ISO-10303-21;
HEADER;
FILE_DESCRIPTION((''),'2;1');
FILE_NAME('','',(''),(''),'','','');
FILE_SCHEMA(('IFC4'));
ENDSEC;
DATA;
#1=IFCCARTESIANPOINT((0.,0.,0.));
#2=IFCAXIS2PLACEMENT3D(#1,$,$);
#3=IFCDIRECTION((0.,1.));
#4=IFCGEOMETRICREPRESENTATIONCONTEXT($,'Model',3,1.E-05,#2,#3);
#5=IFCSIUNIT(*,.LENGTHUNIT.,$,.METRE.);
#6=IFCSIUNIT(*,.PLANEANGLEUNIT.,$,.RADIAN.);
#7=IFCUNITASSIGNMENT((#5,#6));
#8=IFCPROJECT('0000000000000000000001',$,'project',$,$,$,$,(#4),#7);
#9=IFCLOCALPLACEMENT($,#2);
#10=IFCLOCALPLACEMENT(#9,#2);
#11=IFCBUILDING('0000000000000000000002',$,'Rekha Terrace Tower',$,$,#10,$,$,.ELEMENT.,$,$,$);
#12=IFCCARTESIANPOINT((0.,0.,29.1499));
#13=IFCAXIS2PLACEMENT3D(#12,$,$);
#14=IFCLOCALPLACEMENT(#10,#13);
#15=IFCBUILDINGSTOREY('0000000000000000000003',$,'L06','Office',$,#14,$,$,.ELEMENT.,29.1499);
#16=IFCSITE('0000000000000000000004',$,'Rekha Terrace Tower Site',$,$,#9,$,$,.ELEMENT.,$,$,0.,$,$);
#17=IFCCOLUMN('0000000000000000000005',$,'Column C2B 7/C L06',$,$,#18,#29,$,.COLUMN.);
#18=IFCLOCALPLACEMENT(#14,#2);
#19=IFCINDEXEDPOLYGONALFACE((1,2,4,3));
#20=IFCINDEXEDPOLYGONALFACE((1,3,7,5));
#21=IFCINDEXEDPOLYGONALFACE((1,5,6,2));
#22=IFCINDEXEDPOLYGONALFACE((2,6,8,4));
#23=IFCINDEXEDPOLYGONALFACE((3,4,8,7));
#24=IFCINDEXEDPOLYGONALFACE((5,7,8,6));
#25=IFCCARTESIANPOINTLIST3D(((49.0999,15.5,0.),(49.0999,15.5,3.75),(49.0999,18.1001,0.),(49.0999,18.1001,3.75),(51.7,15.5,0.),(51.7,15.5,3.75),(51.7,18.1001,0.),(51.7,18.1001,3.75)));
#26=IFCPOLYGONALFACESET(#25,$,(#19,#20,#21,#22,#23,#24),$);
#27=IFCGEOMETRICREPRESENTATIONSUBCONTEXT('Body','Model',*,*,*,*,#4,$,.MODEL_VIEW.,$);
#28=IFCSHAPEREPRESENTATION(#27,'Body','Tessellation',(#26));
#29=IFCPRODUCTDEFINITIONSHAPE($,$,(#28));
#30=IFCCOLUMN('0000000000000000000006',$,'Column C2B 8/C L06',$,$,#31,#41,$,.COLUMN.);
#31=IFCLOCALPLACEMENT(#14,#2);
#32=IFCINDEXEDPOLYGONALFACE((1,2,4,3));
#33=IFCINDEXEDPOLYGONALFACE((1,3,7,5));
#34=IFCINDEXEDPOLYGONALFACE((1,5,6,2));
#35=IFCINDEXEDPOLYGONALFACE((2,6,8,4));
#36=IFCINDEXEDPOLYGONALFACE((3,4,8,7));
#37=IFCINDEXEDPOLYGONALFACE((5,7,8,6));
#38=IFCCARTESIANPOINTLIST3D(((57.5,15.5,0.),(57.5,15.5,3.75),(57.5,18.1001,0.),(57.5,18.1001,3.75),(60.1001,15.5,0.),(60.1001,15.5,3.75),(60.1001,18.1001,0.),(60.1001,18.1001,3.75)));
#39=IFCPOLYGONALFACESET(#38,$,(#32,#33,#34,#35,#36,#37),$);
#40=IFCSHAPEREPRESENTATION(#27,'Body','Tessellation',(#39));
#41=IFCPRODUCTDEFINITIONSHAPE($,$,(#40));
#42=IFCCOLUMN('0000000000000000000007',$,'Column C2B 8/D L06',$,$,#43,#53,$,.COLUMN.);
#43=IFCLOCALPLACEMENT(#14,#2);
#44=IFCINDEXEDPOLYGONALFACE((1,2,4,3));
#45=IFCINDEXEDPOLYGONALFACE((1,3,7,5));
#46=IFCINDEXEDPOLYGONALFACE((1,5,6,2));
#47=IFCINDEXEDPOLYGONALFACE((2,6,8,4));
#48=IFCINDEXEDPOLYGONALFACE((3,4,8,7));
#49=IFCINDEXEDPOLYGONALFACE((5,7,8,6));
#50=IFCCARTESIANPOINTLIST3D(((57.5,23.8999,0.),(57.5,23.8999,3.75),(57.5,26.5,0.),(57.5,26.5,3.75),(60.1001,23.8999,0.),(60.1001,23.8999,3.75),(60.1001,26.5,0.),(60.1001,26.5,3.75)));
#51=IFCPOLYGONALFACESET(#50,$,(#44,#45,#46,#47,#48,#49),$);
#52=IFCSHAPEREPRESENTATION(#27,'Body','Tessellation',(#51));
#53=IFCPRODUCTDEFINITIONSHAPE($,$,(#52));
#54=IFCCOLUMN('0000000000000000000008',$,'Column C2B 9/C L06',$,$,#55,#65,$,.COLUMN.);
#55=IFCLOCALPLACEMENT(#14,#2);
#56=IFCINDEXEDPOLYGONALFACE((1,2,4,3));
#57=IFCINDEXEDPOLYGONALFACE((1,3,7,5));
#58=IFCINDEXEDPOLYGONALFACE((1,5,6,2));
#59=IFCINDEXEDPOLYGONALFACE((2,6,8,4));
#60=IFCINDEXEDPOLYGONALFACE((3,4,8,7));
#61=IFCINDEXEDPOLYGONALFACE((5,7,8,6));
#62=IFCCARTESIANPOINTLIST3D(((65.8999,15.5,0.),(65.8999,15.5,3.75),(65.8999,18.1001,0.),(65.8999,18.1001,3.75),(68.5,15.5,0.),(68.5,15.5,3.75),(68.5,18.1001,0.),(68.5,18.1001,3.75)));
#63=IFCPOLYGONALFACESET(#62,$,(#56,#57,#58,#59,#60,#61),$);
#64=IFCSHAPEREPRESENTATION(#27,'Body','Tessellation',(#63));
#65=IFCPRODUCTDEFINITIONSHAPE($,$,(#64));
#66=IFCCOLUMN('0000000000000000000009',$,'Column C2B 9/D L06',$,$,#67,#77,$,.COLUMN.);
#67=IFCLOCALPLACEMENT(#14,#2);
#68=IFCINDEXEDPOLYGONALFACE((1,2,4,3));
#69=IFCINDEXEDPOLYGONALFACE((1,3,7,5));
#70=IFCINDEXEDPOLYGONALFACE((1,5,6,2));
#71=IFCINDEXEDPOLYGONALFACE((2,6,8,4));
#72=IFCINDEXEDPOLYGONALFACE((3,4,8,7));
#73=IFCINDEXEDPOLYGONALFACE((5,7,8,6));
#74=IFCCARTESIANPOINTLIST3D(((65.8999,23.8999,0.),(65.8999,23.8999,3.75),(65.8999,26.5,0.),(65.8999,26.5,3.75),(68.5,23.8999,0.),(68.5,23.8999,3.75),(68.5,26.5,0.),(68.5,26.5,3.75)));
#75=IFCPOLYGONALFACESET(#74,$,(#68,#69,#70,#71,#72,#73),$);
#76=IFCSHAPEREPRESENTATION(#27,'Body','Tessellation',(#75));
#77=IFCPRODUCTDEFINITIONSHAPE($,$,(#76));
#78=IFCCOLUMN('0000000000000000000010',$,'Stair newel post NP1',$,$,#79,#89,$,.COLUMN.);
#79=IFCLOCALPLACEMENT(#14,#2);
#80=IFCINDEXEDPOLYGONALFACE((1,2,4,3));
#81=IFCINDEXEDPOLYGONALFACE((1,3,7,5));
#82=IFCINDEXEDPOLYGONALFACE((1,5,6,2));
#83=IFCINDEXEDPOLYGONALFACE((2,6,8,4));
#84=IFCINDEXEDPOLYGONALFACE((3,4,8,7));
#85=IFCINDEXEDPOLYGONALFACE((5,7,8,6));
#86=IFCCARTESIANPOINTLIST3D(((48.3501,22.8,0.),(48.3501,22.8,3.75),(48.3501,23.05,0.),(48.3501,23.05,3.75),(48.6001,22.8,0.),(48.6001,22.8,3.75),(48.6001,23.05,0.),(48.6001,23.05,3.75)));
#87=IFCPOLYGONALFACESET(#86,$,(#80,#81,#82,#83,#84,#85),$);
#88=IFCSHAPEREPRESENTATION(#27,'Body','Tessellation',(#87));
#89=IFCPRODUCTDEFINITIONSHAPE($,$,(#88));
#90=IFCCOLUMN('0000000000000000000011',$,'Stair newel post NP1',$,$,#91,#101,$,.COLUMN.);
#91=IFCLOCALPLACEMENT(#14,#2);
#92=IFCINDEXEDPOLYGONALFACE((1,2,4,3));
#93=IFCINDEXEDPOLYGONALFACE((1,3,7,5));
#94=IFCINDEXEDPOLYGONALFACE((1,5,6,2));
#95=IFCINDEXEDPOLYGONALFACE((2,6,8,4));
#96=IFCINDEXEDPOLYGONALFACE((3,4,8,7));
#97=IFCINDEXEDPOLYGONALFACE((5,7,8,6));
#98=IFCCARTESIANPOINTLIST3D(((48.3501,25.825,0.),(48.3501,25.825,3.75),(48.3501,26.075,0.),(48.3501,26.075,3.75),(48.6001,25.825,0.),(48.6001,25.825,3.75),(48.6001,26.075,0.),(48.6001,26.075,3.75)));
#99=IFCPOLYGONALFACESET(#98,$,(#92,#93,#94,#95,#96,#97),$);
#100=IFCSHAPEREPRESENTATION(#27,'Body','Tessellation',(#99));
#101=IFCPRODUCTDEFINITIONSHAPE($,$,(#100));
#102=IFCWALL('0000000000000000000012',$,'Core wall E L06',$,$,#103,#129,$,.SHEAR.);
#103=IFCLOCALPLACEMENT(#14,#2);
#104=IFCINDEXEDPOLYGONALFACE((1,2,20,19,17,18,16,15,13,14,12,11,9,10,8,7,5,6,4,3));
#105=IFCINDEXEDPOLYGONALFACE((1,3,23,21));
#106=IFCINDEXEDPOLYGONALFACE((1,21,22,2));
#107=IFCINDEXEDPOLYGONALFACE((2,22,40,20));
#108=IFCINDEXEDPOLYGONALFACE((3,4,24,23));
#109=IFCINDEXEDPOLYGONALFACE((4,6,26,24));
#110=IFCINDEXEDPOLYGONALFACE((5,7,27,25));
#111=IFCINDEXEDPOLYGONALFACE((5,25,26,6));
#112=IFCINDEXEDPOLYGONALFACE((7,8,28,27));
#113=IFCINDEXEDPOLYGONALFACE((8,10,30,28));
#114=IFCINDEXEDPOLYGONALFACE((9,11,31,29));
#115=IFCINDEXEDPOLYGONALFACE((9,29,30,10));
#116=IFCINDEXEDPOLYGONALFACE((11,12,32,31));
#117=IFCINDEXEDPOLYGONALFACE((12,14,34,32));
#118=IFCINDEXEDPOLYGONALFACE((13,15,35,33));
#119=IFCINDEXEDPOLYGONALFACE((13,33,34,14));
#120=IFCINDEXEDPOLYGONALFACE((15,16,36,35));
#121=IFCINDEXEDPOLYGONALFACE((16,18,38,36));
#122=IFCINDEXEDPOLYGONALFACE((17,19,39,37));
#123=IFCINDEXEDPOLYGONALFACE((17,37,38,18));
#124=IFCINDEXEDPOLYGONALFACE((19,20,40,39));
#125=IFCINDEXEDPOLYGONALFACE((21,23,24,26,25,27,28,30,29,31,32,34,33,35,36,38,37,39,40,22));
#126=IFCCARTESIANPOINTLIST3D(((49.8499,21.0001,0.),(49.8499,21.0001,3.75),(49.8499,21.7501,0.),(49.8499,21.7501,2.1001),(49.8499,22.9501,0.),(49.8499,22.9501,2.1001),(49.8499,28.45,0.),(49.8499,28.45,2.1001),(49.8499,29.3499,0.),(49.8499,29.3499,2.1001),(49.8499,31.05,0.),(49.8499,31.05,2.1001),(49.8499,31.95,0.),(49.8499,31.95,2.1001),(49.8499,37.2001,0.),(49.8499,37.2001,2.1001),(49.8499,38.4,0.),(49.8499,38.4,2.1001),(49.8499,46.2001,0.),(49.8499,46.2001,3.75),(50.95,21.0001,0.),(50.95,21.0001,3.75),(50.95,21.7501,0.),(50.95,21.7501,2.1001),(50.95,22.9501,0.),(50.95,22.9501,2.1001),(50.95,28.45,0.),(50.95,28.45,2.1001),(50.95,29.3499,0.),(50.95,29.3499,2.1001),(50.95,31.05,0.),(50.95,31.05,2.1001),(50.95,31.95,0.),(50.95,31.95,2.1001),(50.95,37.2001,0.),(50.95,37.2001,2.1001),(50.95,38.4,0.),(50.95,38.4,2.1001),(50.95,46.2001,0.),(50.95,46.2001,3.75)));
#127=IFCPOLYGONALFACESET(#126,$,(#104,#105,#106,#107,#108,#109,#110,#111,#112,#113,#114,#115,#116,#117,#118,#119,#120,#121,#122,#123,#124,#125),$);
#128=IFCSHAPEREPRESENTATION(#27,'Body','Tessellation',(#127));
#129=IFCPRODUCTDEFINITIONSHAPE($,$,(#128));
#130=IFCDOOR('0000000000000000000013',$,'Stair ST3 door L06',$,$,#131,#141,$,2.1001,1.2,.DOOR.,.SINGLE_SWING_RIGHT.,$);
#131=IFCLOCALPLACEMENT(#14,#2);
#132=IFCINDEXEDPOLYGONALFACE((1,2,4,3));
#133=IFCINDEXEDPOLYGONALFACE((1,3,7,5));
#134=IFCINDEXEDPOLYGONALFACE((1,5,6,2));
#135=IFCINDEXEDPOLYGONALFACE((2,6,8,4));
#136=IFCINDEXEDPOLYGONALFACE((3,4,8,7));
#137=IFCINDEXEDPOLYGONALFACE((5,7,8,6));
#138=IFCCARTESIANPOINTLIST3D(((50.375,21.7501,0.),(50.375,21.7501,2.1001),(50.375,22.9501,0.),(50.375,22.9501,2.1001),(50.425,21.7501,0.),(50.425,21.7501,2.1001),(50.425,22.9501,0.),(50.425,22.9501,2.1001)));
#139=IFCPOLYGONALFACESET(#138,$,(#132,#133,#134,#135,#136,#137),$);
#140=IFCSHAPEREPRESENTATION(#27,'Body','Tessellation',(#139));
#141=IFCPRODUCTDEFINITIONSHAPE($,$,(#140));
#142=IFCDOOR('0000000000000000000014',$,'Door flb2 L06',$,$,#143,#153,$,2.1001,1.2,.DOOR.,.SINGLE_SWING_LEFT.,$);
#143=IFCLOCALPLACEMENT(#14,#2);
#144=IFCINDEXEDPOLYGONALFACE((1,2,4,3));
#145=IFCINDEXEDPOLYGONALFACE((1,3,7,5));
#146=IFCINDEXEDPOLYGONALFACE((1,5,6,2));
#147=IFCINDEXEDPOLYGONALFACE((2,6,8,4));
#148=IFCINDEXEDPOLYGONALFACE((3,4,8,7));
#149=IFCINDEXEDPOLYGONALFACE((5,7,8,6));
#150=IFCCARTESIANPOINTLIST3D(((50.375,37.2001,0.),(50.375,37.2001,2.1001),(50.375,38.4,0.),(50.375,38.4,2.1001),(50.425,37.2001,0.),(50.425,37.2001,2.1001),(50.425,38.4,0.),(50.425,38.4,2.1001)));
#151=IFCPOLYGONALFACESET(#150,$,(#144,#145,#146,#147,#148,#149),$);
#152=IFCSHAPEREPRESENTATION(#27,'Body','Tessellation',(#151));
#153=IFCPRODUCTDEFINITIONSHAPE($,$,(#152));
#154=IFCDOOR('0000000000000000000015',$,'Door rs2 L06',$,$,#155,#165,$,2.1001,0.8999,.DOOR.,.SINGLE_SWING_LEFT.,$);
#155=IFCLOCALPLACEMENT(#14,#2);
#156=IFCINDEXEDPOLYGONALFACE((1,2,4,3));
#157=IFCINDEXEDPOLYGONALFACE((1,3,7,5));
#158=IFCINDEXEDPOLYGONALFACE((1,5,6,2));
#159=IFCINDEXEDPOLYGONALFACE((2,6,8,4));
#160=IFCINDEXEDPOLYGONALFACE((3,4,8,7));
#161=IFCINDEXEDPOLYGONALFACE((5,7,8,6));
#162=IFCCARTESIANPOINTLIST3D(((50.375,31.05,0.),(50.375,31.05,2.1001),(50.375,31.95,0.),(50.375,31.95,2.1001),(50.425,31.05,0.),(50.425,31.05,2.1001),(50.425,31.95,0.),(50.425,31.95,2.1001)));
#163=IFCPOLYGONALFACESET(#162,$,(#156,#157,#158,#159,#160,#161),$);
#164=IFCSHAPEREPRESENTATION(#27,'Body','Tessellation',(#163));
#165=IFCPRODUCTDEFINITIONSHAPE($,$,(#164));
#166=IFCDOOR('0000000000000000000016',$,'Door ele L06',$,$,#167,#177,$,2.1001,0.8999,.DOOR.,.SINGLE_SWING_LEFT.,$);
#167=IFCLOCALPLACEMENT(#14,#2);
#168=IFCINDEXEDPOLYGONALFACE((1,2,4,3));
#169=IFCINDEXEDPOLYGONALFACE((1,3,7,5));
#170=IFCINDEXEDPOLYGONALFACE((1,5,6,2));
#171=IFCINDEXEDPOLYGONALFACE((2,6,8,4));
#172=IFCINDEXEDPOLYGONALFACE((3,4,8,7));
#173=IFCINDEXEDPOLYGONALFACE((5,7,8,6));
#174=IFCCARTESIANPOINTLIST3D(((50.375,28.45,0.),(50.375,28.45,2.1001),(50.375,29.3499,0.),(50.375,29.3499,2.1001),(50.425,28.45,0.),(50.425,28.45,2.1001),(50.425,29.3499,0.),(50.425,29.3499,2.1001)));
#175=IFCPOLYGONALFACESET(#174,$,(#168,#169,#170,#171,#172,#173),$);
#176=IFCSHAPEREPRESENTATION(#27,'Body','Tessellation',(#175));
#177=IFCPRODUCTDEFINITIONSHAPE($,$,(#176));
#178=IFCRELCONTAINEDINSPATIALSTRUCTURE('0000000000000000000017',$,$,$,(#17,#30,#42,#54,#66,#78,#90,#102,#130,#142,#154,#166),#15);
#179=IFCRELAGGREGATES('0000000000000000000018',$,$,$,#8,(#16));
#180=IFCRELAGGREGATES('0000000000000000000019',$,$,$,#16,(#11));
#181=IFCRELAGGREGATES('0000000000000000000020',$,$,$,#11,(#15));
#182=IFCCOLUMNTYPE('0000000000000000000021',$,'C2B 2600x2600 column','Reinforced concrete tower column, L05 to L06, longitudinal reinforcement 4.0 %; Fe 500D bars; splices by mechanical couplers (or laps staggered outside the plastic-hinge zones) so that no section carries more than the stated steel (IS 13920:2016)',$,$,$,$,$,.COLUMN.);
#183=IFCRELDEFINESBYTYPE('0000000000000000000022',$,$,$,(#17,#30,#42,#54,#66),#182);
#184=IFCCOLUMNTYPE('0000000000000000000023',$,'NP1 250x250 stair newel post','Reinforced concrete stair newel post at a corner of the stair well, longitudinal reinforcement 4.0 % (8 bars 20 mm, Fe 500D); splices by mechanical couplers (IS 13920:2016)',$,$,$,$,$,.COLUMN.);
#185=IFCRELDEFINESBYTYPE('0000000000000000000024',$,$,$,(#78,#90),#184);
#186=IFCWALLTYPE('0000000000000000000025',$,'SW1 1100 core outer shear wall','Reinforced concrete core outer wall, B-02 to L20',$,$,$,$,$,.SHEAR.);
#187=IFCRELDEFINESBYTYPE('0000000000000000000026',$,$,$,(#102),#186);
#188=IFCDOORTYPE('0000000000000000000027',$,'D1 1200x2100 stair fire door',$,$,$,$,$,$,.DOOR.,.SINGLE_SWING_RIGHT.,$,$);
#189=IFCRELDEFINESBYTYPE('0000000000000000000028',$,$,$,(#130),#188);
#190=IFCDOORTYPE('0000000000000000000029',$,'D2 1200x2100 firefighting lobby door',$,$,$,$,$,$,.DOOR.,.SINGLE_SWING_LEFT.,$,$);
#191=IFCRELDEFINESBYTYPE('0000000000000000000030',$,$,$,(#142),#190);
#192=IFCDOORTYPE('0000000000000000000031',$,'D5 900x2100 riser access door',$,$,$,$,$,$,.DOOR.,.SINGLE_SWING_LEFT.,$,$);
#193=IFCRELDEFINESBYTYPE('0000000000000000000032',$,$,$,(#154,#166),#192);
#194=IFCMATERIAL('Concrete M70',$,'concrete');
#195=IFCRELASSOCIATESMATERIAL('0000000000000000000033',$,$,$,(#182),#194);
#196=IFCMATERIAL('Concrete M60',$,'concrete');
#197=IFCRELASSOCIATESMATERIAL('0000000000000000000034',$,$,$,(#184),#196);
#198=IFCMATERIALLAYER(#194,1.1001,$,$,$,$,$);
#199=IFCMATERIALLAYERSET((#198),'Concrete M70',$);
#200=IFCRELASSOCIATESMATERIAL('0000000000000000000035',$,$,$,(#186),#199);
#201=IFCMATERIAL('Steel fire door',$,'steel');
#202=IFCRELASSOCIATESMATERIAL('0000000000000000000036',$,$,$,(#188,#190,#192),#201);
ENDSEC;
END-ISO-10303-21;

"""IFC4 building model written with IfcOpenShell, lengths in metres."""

from ifc_helpers import new_model, si_unit, direction, frame, frame_2d, origin, origin_2d, place, context, subcontext, project, spatial, rectangle, extrude, material, layer, layer_set, material_profile, profile_set, type_object, element, fill, save


model = new_model("IFC4")

# Units and contexts
model_context = context("Model", 3, precision=1e-05, world=origin(), true_north=direction((0.0, 1.0)))
body_context = subcontext(model_context, "Body", "Model", "MODEL_VIEW")
ifc_project = project(units=[si_unit("LENGTHUNIT", "METRE"), si_unit("PLANEANGLEUNIT", "RADIAN")], contexts=[model_context])

# Site, building, storey
site_placement = place(None, origin())
site = spatial("IfcSite", under=ifc_project, at=site_placement, Name="Rekha Terrace Tower Site", CompositionType="ELEMENT", RefElevation=0.0)
building_placement = place(site_placement, origin())
building = spatial("IfcBuilding", under=site, at=building_placement, Name="Rekha Terrace Tower", CompositionType="ELEMENT")
storey_placement = place(building_placement, frame((0.0, 0.0, 29.1499)))
storey = spatial("IfcBuildingStorey", under=building, at=storey_placement, Name="L06", Description="Office", CompositionType="ELEMENT", Elevation=29.1499)

# Columns
ifc_material_1 = material(Name="Concrete M70", Category="concrete")
ifc_material_profile_1 = material_profile(ifc_material_1, rectangle(XDim=2.6001, YDim=2.6001, at=origin_2d()), Name="RC 2600x2600")
ifc_profile_set_1 = profile_set([ifc_material_profile_1], Name="Concrete M70")
column_type_1 = type_object("IfcColumnType", Name="C2B 2600x2600 column", Description="Reinforced concrete tower column, L05 to L06, longitudinal reinforcement 4.0 %; Fe 500D bars; splices by mechanical couplers (or laps staggered outside the plastic-hinge zones) so that no section carries more than the stated steel (IS 13920:2016)", PredefinedType="COLUMN", material=ifc_profile_set_1)
for number, where, z_axis, x_axis, name in (
    (1, (50.3999, 16.8, 0.0), (0.0, 0.0, 1.0), (1.0, 0.0, 0.0), "Column C2B 7/C L06"),
    (2, (58.8, 16.8, 0.0), (0.0, 0.0, 1.0), (1.0, 0.0, 0.0), "Column C2B 8/C L06"),
    (3, (58.8, 25.2, 0.0), (0.0, 0.0, 1.0), (1.0, 0.0, 0.0), "Column C2B 8/D L06"),
    (4, (67.2, 16.8, 0.0), (0.0, 0.0, 1.0), (1.0, 0.0, 0.0), "Column C2B 9/C L06"),
    (5, (67.2, 25.2, 0.0), (0.0, 0.0, 1.0), (1.0, 0.0, 0.0), "Column C2B 9/D L06"),
):
    element("IfcColumn", number, at=place(storey_placement, frame(where, z_axis=z_axis, x_axis=x_axis)), inside=storey, type_object=column_type_1, Name=name, PredefinedType="COLUMN", context=body_context, shape_type="SweptSolid", body=[
        extrude(rectangle(XDim=2.6001, YDim=2.6001, at=origin_2d()), origin(), (0.0, 0.0, 1.0), 3.75),
    ])
ifc_material_2 = material(Name="Concrete M60", Category="concrete")
ifc_material_profile_2 = material_profile(ifc_material_2, rectangle(XDim=0.25, YDim=0.25, at=origin_2d()), Name="RC 250x250")
ifc_profile_set_2 = profile_set([ifc_material_profile_2], Name="Concrete M60")
column_type_2 = type_object("IfcColumnType", Name="NP1 250x250 stair newel post", Description="Reinforced concrete stair newel post at a corner of the stair well, longitudinal reinforcement 4.0 % (8 bars 20 mm, Fe 500D); splices by mechanical couplers (IS 13920:2016)", PredefinedType="COLUMN", material=ifc_profile_set_2)
for number, where, z_axis, x_axis, name in (
    (6, (48.4751, 22.925, 0.0), (0.0, 0.0, 1.0), (1.0, 0.0, 0.0), "Stair newel post NP1"),
    (7, (48.4751, 25.95, 0.0), (0.0, 0.0, 1.0), (1.0, 0.0, 0.0), "Stair newel post NP1"),
):
    element("IfcColumn", number, at=place(storey_placement, frame(where, z_axis=z_axis, x_axis=x_axis)), inside=storey, type_object=column_type_2, Name=name, PredefinedType="COLUMN", context=body_context, shape_type="SweptSolid", body=[
        extrude(rectangle(XDim=0.25, YDim=0.25, at=origin_2d()), origin(), (0.0, 0.0, 1.0), 3.75),
    ])

# Wall, openings, doors
ifc_layer_1 = layer(ifc_material_1, 1.1001)
ifc_layer_set_1 = layer_set([ifc_layer_1], Name="Concrete M70")
wall_type_1 = type_object("IfcWallType", Name="SW1 1100 core outer shear wall", Description="Reinforced concrete core outer wall, B-02 to L20", PredefinedType="SHEAR", material=ifc_layer_set_1)
wall_1_placement = place(storey_placement, frame((50.3999, 21.0, 0.0), z_axis=(0.0, 0.0, 1.0), x_axis=(0.0, 1.0, 0.0)))
wall_1 = element("IfcWall", 8, at=wall_1_placement, inside=storey, type_object=wall_type_1, Name="Core wall E L06", PredefinedType="SHEAR", context=body_context, shape_type="SweptSolid", body=[
    extrude(rectangle(XDim=25.2, YDim=1.1001, at=frame_2d((12.6001, 0.0))), origin(), (0.0, 0.0, 1.0), 3.75),
])
opening_1_placement = place(wall_1_placement, frame((16.2, 0.0, 0.0)))
opening_1 = element("IfcOpeningElement", 9, at=opening_1_placement, cuts=wall_1, PredefinedType="OPENING", context=body_context, shape_type="SweptSolid", body=[
    extrude(rectangle(XDim=1.2, YDim=2.1001, at=frame_2d((0.6001, 1.05))), frame((0.0, 0.5601, 0.0), z_axis=(0.0, -1.0, 0.0), x_axis=(1.0, 0.0, 0.0)), (0.0, 0.0, 1.0), 1.1201),
])
opening_2_placement = place(wall_1_placement, frame((10.05, 0.0, 0.0)))
opening_2 = element("IfcOpeningElement", 10, at=opening_2_placement, cuts=wall_1, PredefinedType="OPENING", context=body_context, shape_type="SweptSolid", body=[
    extrude(rectangle(XDim=0.8999, YDim=2.1001, at=frame_2d((0.45, 1.05))), frame((0.0, 0.5601, 0.0), z_axis=(0.0, -1.0, 0.0), x_axis=(1.0, 0.0, 0.0)), (0.0, 0.0, 1.0), 1.1201),
])
opening_3_placement = place(wall_1_placement, frame((7.45, 0.0, 0.0)))
opening_3 = element("IfcOpeningElement", 11, at=opening_3_placement, cuts=wall_1, PredefinedType="OPENING", context=body_context, shape_type="SweptSolid", body=[
    extrude(rectangle(XDim=0.8999, YDim=2.1001, at=frame_2d((0.45, 1.05))), frame((0.0, 0.5601, 0.0), z_axis=(0.0, -1.0, 0.0), x_axis=(1.0, 0.0, 0.0)), (0.0, 0.0, 1.0), 1.1201),
])
opening_4_placement = place(wall_1_placement, frame((0.75, 0.0, 0.0)))
opening_4 = element("IfcOpeningElement", 12, at=opening_4_placement, cuts=wall_1, PredefinedType="OPENING", context=body_context, shape_type="SweptSolid", body=[
    extrude(rectangle(XDim=1.2, YDim=2.1001, at=frame_2d((0.6001, 1.05))), frame((0.0, 0.5601, 0.0), z_axis=(0.0, -1.0, 0.0), x_axis=(1.0, 0.0, 0.0)), (0.0, 0.0, 1.0), 1.1201),
])
ifc_material_3 = material(Name="Steel fire door", Category="steel")
door_type_1 = type_object("IfcDoorType", Name="D1 1200x2100 stair fire door", OperationType="SINGLE_SWING_RIGHT", PredefinedType="DOOR", material=ifc_material_3)
door_1_placement = place(opening_4_placement, origin())
door_1 = element("IfcDoor", 13, at=door_1_placement, inside=storey, type_object=door_type_1, Name="Stair ST3 door L06", OperationType="SINGLE_SWING_RIGHT", OverallHeight=2.1001, OverallWidth=1.2, PredefinedType="DOOR", context=body_context, shape_type="SweptSolid", body=[
    extrude(rectangle(XDim=1.2, YDim=2.1001, at=frame_2d((0.6001, 1.05))), frame((0.0, 0.0249, 0.0), z_axis=(0.0, -1.0, 0.0), x_axis=(1.0, 0.0, 0.0)), (0.0, 0.0, 1.0), 0.05),
])
fill(opening_4, door_1)
door_type_2 = type_object("IfcDoorType", Name="D2 1200x2100 firefighting lobby door", OperationType="SINGLE_SWING_LEFT", PredefinedType="DOOR", material=ifc_material_3)
door_2_placement = place(opening_1_placement, origin())
door_2 = element("IfcDoor", 14, at=door_2_placement, inside=storey, type_object=door_type_2, Name="Door flb2 L06", OperationType="SINGLE_SWING_LEFT", OverallHeight=2.1001, OverallWidth=1.2, PredefinedType="DOOR", context=body_context, shape_type="SweptSolid", body=[
    extrude(rectangle(XDim=1.2, YDim=2.1001, at=frame_2d((0.6001, 1.05))), frame((0.0, 0.0249, 0.0), z_axis=(0.0, -1.0, 0.0), x_axis=(1.0, 0.0, 0.0)), (0.0, 0.0, 1.0), 0.05),
])
fill(opening_1, door_2)
door_type_3 = type_object("IfcDoorType", Name="D5 900x2100 riser access door", OperationType="SINGLE_SWING_LEFT", PredefinedType="DOOR", material=ifc_material_3)
door_3_placement = place(opening_2_placement, origin())
door_3 = element("IfcDoor", 15, at=door_3_placement, inside=storey, type_object=door_type_3, Name="Door rs2 L06", OperationType="SINGLE_SWING_LEFT", OverallHeight=2.1001, OverallWidth=0.8999, PredefinedType="DOOR", context=body_context, shape_type="SweptSolid", body=[
    extrude(rectangle(XDim=0.8999, YDim=2.1001, at=frame_2d((0.45, 1.05))), frame((0.0, 0.0249, 0.0), z_axis=(0.0, -1.0, 0.0), x_axis=(1.0, 0.0, 0.0)), (0.0, 0.0, 1.0), 0.05),
])
fill(opening_2, door_3)
door_4_placement = place(opening_3_placement, origin())
door_4 = element("IfcDoor", 16, at=door_4_placement, inside=storey, type_object=door_type_3, Name="Door ele L06", OperationType="SINGLE_SWING_LEFT", OverallHeight=2.1001, OverallWidth=0.8999, PredefinedType="DOOR", context=body_context, shape_type="SweptSolid", body=[
    extrude(rectangle(XDim=0.8999, YDim=2.1001, at=frame_2d((0.45, 1.05))), frame((0.0, 0.0249, 0.0), z_axis=(0.0, -1.0, 0.0), x_axis=(1.0, 0.0, 0.0)), (0.0, 0.0, 1.0), 0.05),
])
fill(opening_3, door_4)

save(model, "model.ifc")
